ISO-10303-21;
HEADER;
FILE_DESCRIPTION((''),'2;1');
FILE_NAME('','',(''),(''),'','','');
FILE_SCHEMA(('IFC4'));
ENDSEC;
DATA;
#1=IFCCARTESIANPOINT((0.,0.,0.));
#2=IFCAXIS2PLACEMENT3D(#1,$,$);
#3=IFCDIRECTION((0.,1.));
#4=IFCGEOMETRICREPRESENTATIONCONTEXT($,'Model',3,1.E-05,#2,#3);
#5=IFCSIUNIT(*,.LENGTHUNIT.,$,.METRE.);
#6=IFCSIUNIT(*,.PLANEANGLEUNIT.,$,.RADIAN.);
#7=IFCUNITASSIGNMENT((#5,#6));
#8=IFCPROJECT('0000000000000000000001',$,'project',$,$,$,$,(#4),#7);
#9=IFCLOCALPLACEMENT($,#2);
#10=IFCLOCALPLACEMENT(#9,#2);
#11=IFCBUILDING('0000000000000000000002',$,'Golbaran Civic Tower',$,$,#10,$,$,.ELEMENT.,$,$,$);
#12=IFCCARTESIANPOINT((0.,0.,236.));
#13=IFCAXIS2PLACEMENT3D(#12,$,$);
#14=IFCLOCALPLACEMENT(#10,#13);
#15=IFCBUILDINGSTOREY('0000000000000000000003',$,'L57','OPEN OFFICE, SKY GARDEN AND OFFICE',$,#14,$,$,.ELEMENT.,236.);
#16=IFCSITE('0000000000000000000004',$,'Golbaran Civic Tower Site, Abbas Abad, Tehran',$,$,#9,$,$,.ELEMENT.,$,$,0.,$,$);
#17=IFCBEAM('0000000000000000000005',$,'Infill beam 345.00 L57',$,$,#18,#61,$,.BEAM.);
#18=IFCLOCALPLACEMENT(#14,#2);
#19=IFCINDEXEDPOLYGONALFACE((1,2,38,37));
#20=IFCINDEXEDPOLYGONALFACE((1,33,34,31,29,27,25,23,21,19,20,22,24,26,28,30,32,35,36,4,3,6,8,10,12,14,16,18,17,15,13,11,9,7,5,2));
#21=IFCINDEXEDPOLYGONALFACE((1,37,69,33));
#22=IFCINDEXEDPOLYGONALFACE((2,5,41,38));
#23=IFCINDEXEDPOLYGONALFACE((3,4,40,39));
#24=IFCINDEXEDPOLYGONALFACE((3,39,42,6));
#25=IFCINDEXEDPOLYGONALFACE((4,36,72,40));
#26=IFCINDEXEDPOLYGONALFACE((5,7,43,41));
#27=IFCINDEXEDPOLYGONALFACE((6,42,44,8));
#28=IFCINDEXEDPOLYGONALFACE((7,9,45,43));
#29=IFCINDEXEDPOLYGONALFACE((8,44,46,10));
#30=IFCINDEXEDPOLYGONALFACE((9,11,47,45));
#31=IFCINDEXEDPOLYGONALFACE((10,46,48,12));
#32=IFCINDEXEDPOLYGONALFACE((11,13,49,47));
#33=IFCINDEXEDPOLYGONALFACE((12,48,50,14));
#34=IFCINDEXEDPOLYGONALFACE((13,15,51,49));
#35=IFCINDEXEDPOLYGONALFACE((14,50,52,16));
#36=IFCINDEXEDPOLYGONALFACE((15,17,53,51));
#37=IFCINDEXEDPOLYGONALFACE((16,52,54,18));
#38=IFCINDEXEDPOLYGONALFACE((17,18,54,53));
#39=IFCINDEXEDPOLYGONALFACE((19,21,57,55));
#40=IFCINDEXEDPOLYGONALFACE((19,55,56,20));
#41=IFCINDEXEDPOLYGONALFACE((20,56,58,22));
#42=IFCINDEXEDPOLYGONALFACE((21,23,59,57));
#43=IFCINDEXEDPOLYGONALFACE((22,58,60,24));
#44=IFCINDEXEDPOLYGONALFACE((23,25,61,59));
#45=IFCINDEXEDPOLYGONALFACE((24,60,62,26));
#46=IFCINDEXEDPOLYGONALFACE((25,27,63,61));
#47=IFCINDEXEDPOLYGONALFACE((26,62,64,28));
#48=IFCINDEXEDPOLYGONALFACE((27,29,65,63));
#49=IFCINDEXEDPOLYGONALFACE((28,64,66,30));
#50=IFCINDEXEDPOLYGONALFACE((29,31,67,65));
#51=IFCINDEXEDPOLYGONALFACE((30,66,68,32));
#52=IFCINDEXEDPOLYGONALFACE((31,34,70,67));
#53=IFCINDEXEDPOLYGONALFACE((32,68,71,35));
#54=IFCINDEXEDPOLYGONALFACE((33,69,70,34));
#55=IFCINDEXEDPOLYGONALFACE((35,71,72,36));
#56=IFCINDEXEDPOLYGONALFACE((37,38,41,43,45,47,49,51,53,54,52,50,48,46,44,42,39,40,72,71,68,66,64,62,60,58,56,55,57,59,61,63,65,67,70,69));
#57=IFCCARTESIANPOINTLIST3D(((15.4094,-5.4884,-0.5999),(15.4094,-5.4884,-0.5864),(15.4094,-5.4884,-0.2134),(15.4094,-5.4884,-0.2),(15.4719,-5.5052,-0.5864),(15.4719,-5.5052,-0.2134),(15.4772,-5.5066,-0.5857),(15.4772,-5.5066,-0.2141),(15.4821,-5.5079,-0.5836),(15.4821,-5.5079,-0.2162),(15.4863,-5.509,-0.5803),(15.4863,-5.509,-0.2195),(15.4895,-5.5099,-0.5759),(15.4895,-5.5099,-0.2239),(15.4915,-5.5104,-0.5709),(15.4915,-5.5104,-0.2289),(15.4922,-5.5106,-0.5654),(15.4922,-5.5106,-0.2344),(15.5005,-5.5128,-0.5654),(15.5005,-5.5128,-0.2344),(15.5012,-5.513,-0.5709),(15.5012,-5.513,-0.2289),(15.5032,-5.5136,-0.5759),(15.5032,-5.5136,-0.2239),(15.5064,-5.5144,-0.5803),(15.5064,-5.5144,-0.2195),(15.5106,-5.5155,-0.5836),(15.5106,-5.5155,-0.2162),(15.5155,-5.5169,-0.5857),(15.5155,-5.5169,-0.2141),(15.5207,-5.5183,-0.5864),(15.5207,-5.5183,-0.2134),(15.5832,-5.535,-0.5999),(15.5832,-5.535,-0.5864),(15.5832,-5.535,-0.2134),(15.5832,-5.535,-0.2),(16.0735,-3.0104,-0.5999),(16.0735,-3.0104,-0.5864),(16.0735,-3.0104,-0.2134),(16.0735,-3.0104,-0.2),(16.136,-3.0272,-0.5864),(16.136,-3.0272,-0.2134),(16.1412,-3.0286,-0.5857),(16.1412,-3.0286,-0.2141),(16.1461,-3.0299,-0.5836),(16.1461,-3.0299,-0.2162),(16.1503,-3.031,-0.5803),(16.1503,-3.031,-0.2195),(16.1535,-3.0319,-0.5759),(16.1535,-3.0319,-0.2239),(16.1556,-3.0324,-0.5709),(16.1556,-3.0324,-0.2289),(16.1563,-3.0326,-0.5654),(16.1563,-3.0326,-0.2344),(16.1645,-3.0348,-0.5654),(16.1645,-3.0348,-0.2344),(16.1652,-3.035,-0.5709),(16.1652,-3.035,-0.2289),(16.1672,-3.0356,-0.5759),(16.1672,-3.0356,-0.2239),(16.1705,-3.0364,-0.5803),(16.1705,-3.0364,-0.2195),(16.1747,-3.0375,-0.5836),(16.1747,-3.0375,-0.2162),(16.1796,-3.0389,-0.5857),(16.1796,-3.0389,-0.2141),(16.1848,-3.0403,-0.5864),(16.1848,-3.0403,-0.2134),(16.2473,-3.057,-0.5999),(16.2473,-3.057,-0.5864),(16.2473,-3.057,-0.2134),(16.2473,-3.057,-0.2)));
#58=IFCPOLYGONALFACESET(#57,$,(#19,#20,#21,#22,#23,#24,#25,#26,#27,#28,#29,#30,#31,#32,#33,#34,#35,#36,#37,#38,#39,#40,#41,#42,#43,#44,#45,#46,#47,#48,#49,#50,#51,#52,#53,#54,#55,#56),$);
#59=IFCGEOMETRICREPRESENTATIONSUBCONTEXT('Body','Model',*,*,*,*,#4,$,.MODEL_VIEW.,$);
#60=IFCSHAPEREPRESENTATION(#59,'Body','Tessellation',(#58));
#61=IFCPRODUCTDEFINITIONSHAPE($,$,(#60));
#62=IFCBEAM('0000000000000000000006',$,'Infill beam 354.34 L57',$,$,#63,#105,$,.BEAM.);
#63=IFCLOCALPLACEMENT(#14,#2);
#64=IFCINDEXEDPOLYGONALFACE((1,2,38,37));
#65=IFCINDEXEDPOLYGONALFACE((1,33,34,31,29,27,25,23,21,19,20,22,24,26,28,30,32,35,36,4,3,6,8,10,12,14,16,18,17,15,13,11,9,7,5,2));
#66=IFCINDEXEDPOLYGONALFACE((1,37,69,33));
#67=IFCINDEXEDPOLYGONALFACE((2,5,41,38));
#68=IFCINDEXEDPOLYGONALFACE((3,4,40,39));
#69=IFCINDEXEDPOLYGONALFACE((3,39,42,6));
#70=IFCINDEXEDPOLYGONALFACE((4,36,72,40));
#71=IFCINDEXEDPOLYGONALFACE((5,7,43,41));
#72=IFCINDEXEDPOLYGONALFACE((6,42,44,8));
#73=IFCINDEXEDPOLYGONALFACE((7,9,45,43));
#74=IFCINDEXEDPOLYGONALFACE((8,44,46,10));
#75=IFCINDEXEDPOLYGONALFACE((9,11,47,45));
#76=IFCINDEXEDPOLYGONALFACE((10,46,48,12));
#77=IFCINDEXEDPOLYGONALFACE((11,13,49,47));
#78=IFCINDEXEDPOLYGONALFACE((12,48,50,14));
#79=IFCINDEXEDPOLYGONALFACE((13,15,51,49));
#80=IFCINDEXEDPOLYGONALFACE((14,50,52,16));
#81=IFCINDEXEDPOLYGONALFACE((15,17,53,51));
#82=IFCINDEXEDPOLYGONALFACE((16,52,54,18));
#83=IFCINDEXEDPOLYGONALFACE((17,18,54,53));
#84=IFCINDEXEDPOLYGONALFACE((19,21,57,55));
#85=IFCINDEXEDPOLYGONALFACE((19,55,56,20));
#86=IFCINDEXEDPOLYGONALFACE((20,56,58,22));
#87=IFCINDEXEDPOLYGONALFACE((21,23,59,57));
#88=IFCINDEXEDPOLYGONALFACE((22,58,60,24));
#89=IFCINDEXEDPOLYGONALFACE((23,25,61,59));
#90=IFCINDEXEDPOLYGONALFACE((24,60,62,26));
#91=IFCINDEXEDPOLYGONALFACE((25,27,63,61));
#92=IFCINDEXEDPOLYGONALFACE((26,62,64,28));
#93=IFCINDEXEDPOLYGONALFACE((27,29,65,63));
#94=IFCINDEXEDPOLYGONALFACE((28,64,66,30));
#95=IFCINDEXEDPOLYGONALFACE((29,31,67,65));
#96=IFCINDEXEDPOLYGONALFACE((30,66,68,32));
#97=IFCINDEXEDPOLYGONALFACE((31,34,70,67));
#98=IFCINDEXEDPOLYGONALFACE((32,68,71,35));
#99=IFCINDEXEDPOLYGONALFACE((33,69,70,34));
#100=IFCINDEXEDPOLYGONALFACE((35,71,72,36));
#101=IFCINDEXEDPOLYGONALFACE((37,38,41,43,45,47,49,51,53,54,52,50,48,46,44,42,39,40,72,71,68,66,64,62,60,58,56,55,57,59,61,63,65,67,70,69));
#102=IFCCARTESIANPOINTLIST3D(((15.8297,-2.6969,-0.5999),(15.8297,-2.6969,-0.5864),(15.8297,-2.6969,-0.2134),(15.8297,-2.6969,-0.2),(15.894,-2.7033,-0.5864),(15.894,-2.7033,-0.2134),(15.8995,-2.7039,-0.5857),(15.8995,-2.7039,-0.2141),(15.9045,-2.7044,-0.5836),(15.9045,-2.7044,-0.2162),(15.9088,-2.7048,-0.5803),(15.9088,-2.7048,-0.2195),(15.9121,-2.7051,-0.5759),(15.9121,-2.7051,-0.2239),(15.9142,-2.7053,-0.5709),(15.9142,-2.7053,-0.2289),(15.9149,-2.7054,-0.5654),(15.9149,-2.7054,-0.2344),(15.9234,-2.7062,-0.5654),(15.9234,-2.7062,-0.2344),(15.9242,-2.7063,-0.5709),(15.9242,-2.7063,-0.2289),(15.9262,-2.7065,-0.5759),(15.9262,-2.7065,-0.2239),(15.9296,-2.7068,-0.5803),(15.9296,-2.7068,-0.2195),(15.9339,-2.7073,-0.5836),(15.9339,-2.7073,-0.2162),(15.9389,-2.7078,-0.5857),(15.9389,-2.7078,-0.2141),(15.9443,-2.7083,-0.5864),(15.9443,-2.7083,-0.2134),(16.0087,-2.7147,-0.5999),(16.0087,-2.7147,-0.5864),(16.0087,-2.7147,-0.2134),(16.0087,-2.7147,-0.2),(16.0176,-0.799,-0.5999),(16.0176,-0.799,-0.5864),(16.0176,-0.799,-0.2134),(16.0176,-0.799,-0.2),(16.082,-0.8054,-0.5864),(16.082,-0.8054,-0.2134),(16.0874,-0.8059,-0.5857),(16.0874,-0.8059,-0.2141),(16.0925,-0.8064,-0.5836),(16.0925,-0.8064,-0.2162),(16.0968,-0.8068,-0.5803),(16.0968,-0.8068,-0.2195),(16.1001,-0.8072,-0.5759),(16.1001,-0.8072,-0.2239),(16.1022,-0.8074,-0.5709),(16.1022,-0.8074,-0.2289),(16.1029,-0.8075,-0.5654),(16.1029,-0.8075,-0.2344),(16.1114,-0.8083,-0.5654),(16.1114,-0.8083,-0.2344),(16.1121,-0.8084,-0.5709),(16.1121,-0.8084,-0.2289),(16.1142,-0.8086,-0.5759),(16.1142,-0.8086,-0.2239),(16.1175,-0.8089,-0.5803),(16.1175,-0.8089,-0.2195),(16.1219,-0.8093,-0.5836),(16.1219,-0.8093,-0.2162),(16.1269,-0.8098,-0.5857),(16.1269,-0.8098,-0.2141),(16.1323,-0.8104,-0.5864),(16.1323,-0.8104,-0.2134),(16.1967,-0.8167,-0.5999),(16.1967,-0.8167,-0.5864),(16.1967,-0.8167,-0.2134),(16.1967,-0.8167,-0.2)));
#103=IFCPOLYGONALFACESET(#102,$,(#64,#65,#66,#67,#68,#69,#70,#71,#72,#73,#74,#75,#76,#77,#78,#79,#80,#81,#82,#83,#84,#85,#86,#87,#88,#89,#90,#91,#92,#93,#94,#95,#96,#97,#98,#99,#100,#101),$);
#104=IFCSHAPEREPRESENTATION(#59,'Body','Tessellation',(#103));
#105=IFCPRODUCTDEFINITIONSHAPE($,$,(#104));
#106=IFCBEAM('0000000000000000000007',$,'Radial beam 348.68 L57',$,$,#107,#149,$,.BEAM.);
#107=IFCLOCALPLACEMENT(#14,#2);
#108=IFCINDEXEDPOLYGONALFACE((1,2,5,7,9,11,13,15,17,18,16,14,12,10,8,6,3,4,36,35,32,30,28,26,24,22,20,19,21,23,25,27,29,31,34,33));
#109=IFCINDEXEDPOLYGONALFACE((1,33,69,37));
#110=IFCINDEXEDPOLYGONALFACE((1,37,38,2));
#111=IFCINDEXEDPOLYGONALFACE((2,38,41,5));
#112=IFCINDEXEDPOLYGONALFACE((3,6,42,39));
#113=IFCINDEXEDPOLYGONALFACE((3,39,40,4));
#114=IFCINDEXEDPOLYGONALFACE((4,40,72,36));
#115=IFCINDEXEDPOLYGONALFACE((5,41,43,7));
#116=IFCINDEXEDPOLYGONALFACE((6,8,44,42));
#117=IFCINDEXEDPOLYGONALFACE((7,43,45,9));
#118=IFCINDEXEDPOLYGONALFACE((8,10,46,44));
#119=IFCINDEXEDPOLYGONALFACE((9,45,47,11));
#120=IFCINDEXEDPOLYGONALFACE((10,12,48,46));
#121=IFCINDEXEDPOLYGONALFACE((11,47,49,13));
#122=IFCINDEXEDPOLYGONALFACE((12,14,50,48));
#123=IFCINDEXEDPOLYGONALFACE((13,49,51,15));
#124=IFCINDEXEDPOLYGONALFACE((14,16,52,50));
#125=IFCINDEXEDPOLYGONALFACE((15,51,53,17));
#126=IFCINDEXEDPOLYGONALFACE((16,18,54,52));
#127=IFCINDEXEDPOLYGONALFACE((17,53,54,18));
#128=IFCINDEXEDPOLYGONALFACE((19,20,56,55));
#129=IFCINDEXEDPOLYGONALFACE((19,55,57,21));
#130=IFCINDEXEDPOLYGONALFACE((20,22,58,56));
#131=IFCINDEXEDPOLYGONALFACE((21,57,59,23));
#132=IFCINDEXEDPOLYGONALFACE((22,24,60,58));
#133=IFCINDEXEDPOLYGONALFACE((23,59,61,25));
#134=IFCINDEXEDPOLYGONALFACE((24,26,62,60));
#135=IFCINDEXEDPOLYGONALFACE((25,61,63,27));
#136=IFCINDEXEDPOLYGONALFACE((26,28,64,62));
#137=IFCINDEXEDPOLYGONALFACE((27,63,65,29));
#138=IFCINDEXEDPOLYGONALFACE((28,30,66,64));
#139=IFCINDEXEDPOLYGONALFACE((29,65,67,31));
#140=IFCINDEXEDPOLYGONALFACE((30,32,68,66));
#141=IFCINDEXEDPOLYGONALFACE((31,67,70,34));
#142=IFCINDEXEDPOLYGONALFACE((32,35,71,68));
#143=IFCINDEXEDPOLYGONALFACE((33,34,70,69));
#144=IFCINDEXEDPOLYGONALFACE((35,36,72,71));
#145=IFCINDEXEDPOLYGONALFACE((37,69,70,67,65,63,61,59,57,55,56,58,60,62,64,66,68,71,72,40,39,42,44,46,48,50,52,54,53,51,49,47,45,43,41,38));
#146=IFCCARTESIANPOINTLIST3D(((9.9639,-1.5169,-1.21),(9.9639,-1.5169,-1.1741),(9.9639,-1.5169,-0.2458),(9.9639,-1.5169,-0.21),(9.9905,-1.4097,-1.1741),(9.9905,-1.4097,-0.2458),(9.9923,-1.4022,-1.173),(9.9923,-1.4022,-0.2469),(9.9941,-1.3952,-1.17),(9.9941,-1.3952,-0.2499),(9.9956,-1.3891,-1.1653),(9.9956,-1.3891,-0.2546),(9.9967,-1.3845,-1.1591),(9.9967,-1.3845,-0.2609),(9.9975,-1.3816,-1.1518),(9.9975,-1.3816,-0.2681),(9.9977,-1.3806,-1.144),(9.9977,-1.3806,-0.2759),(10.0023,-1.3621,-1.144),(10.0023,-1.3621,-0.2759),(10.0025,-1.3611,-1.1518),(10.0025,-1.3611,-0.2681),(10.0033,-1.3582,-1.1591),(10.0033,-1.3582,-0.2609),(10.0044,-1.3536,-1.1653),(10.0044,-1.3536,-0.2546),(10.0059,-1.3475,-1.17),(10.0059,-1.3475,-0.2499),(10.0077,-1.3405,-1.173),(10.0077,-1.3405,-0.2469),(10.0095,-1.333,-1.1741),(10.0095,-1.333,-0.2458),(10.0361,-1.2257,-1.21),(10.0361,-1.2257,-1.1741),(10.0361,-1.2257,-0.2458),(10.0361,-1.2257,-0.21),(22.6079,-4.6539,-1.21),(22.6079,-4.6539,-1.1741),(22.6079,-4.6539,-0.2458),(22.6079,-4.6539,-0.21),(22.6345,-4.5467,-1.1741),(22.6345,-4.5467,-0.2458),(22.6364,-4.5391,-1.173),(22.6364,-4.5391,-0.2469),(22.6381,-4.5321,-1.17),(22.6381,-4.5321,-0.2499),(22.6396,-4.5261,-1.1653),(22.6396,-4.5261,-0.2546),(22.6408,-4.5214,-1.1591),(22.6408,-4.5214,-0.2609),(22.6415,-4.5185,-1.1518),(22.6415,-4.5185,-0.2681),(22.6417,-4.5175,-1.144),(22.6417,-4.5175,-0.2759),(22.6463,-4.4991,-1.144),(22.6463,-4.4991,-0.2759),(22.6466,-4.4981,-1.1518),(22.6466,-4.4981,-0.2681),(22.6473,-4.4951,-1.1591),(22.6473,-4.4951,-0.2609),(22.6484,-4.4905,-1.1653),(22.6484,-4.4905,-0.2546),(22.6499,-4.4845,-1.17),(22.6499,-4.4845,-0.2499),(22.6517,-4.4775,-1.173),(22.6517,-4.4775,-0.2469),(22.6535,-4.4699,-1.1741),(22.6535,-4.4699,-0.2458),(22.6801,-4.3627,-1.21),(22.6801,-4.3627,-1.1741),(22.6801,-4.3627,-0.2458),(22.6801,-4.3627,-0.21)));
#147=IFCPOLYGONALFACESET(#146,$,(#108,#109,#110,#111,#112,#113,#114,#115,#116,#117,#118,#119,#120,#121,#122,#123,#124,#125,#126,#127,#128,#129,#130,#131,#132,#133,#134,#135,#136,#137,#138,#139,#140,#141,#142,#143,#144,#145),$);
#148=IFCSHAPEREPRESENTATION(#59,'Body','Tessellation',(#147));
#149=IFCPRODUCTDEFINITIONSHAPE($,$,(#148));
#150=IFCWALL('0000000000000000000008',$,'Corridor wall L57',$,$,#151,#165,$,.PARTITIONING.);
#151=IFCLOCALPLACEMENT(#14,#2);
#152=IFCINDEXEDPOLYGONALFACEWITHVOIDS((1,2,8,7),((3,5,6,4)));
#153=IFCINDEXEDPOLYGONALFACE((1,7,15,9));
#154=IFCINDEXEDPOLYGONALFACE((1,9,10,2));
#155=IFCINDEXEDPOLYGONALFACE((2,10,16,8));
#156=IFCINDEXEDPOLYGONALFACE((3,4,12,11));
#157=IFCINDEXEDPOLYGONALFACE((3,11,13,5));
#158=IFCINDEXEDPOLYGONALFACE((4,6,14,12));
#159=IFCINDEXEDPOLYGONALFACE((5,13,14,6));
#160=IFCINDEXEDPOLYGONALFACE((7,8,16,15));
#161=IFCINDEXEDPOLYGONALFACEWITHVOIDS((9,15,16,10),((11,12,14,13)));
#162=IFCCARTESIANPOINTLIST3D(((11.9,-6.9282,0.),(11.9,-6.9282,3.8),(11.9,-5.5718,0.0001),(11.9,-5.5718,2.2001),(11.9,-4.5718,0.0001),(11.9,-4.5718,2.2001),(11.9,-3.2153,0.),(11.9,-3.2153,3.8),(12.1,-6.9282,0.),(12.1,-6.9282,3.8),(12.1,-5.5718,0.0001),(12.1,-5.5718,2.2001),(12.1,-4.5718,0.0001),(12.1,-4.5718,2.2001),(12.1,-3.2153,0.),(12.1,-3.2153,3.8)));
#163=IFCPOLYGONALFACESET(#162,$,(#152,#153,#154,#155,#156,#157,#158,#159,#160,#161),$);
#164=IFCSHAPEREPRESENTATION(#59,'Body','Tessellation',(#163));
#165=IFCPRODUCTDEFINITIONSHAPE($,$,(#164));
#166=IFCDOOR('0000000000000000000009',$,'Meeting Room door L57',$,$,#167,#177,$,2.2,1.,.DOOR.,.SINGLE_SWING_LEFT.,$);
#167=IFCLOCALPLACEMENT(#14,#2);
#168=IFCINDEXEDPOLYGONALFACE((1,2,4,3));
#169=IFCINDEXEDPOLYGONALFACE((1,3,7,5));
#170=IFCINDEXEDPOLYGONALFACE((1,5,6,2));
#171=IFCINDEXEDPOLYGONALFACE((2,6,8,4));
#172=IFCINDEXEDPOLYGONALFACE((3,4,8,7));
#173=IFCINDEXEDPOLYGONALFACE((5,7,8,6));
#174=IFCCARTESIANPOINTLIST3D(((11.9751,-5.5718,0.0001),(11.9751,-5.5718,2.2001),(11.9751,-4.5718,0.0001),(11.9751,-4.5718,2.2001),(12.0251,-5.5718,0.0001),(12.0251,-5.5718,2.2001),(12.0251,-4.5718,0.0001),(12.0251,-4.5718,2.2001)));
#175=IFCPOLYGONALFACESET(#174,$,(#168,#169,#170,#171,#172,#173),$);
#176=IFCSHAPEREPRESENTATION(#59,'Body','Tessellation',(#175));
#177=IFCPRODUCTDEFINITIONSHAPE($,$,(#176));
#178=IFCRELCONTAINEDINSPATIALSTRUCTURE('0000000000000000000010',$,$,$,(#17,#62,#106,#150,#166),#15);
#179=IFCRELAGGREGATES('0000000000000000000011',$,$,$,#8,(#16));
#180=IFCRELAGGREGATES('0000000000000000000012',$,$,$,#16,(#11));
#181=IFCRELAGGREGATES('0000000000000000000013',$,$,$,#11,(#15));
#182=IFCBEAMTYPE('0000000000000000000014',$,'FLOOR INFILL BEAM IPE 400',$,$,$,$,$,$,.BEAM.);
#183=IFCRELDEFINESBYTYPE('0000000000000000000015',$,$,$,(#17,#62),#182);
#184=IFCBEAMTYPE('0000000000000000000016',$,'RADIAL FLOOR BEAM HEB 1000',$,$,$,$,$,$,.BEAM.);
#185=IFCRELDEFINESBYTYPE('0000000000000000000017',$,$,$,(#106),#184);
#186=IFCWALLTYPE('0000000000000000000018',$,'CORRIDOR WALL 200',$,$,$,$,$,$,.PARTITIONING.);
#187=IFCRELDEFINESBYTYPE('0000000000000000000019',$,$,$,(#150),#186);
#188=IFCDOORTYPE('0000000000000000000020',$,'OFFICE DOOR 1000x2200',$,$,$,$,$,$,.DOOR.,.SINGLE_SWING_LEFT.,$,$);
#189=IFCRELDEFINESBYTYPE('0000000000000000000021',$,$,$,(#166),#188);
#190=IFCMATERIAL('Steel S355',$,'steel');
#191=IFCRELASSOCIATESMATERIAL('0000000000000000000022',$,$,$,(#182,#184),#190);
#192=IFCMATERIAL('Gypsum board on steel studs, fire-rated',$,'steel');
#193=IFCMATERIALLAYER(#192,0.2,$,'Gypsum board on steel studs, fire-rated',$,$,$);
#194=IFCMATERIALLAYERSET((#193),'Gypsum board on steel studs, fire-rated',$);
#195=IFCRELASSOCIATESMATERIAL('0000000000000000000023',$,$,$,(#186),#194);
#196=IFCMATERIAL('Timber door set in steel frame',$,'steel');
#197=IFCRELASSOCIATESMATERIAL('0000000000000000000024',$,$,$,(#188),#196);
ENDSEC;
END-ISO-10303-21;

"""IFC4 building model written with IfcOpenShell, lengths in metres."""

from ifc_helpers import new_model, si_unit, direction, frame, frame_2d, origin, origin_2d, place, context, subcontext, project, spatial, rectangle, i_section, extrude, material, layer, layer_set, material_profile, profile_set, type_object, element, fill, save


model = new_model("IFC4")

# Units and contexts
model_context = context("Model", 3, precision=1e-05, world=origin(), true_north=direction((0.0, 1.0)))
body_context = subcontext(model_context, "Body", "Model", "MODEL_VIEW")
ifc_project = project(units=[si_unit("LENGTHUNIT", "METRE"), si_unit("PLANEANGLEUNIT", "RADIAN")], contexts=[model_context])

# Site, building, storey
site_placement = place(None, origin())
site = spatial("IfcSite", under=ifc_project, at=site_placement, Name="Golbaran Civic Tower Site, Abbas Abad, Tehran", CompositionType="ELEMENT", RefElevation=0.0)
building_placement = place(site_placement, origin())
building = spatial("IfcBuilding", under=site, at=building_placement, Name="Golbaran Civic Tower", CompositionType="ELEMENT")
storey_placement = place(building_placement, frame((0.0, 0.0, 236.0)))
storey = spatial("IfcBuildingStorey", under=building, at=storey_placement, Name="L57", Description="OPEN OFFICE, SKY GARDEN AND OFFICE", CompositionType="ELEMENT", Elevation=236.0)

# Beams
ifc_material_1 = material(Name="Steel S355", Category="steel")
ifc_material_profile_1 = material_profile(ifc_material_1, i_section(OverallWidth=0.1799, OverallDepth=0.3999, WebThickness=0.0085, FlangeThickness=0.0134, FilletRadius=0.021, at=origin_2d()), Name="IPE 400")
ifc_profile_set_1 = profile_set([ifc_material_profile_1], Name="Steel S355")
beam_type_1 = type_object("IfcBeamType", Name="FLOOR INFILL BEAM IPE 400", PredefinedType="BEAM", material=ifc_profile_set_1)
beam_1_placement = place(storey_placement, frame((15.4963, -5.5117, -0.3999), z_axis=(0.258847, 0.965918, 0.0), x_axis=(-0.965918, 0.258847, 0.0)))
element("IfcBeam", 1, at=beam_1_placement, inside=storey, type_object=beam_type_1, Name="Infill beam 345.00 L57", PredefinedType="BEAM", context=body_context, shape_type="SweptSolid", body=[
    extrude(i_section(OverallWidth=0.1799, OverallDepth=0.3999, WebThickness=0.0085, FlangeThickness=0.0134, FilletRadius=0.021, at=origin_2d()), origin(), (0.0, 0.0, 1.0), 2.5654),
])
beam_2_placement = place(storey_placement, frame((15.9192, -2.7058, -0.3999), z_axis=(0.098566, 0.995131, 0.0), x_axis=(-0.995131, 0.098566, 0.0)))
element("IfcBeam", 2, at=beam_2_placement, inside=storey, type_object=beam_type_1, Name="Infill beam 354.34 L57", PredefinedType="BEAM", context=body_context, shape_type="SweptSolid", body=[
    extrude(i_section(OverallWidth=0.1799, OverallDepth=0.3999, WebThickness=0.0085, FlangeThickness=0.0134, FilletRadius=0.021, at=origin_2d()), origin(), (0.0, 0.0, 1.0), 1.9072),
])
ifc_material_profile_2 = material_profile(ifc_material_1, i_section(OverallWidth=0.3, OverallDepth=1.0, WebThickness=0.019, FlangeThickness=0.0359, FilletRadius=0.03, at=origin_2d()), Name="HEB 1000")
ifc_profile_set_2 = profile_set([ifc_material_profile_2], Name="Steel S355")
beam_type_2 = type_object("IfcBeamType", Name="RADIAL FLOOR BEAM HEB 1000", PredefinedType="BEAM", material=ifc_profile_set_2)
beam_3_placement = place(storey_placement, frame((10.0, -1.3713, -0.71), z_axis=(0.970575, -0.240798, 0.0), x_axis=(0.240798, 0.970575, 0.0)))
element("IfcBeam", 3, at=beam_3_placement, inside=storey, type_object=beam_type_2, Name="Radial beam 348.68 L57", PredefinedType="BEAM", context=body_context, shape_type="SweptSolid", body=[
    extrude(i_section(OverallWidth=0.3, OverallDepth=1.0, WebThickness=0.019, FlangeThickness=0.0359, FilletRadius=0.03, at=origin_2d()), origin(), (0.0, 0.0, 1.0), 13.0273),
])

# Wall, opening, door
ifc_material_2 = material(Name="Gypsum board on steel studs, fire-rated", Category="steel")
ifc_layer_1 = layer(ifc_material_2, 0.2, Name="Gypsum board on steel studs, fire-rated")
ifc_layer_set_1 = layer_set([ifc_layer_1], Name="Gypsum board on steel studs, fire-rated")
wall_type_1 = type_object("IfcWallType", Name="CORRIDOR WALL 200", PredefinedType="PARTITIONING", material=ifc_layer_set_1)
wall_1_placement = place(storey_placement, frame((12.0, -6.9282, 0.0), z_axis=(0.0, 0.0, 1.0), x_axis=(0.0, 1.0, 0.0)))
wall_1 = element("IfcWall", 4, at=wall_1_placement, inside=storey, type_object=wall_type_1, Name="Corridor wall L57", PredefinedType="PARTITIONING", context=body_context, shape_type="SweptSolid", body=[
    extrude(rectangle(XDim=3.7129, YDim=0.2, at=frame_2d((1.8564, 0.0))), origin(), (0.0, 0.0, 1.0), 3.8),
])
opening_1_placement = place(wall_1_placement, frame((1.3564, 0.0, 0.0)))
opening_1 = element("IfcOpeningElement", 5, at=opening_1_placement, cuts=wall_1, PredefinedType="OPENING", context=body_context, shape_type="SweptSolid", body=[
    extrude(rectangle(XDim=1.0, YDim=2.2, at=frame_2d((0.5, 1.1001))), frame((0.0, 0.1099, 0.0), z_axis=(0.0, -1.0, 0.0), x_axis=(1.0, 0.0, 0.0)), (0.0, 0.0, 1.0), 0.22),
])
ifc_material_3 = material(Name="Timber door set in steel frame", Category="steel")
door_type_1 = type_object("IfcDoorType", Name="OFFICE DOOR 1000x2200", OperationType="SINGLE_SWING_LEFT", PredefinedType="DOOR", material=ifc_material_3)
door_1_placement = place(opening_1_placement, origin())
door_1 = element("IfcDoor", 6, at=door_1_placement, inside=storey, type_object=door_type_1, Name="Meeting Room door L57", OperationType="SINGLE_SWING_LEFT", OverallHeight=2.2, OverallWidth=1.0, PredefinedType="DOOR", context=body_context, shape_type="SweptSolid", body=[
    extrude(rectangle(XDim=1.0, YDim=2.2, at=frame_2d((0.5, 1.1001))), frame((0.0, 0.0249, 0.0), z_axis=(0.0, -1.0, 0.0), x_axis=(1.0, 0.0, 0.0)), (0.0, 0.0, 1.0), 0.05),
])
fill(opening_1, door_1)

save(model, "model.ifc")
